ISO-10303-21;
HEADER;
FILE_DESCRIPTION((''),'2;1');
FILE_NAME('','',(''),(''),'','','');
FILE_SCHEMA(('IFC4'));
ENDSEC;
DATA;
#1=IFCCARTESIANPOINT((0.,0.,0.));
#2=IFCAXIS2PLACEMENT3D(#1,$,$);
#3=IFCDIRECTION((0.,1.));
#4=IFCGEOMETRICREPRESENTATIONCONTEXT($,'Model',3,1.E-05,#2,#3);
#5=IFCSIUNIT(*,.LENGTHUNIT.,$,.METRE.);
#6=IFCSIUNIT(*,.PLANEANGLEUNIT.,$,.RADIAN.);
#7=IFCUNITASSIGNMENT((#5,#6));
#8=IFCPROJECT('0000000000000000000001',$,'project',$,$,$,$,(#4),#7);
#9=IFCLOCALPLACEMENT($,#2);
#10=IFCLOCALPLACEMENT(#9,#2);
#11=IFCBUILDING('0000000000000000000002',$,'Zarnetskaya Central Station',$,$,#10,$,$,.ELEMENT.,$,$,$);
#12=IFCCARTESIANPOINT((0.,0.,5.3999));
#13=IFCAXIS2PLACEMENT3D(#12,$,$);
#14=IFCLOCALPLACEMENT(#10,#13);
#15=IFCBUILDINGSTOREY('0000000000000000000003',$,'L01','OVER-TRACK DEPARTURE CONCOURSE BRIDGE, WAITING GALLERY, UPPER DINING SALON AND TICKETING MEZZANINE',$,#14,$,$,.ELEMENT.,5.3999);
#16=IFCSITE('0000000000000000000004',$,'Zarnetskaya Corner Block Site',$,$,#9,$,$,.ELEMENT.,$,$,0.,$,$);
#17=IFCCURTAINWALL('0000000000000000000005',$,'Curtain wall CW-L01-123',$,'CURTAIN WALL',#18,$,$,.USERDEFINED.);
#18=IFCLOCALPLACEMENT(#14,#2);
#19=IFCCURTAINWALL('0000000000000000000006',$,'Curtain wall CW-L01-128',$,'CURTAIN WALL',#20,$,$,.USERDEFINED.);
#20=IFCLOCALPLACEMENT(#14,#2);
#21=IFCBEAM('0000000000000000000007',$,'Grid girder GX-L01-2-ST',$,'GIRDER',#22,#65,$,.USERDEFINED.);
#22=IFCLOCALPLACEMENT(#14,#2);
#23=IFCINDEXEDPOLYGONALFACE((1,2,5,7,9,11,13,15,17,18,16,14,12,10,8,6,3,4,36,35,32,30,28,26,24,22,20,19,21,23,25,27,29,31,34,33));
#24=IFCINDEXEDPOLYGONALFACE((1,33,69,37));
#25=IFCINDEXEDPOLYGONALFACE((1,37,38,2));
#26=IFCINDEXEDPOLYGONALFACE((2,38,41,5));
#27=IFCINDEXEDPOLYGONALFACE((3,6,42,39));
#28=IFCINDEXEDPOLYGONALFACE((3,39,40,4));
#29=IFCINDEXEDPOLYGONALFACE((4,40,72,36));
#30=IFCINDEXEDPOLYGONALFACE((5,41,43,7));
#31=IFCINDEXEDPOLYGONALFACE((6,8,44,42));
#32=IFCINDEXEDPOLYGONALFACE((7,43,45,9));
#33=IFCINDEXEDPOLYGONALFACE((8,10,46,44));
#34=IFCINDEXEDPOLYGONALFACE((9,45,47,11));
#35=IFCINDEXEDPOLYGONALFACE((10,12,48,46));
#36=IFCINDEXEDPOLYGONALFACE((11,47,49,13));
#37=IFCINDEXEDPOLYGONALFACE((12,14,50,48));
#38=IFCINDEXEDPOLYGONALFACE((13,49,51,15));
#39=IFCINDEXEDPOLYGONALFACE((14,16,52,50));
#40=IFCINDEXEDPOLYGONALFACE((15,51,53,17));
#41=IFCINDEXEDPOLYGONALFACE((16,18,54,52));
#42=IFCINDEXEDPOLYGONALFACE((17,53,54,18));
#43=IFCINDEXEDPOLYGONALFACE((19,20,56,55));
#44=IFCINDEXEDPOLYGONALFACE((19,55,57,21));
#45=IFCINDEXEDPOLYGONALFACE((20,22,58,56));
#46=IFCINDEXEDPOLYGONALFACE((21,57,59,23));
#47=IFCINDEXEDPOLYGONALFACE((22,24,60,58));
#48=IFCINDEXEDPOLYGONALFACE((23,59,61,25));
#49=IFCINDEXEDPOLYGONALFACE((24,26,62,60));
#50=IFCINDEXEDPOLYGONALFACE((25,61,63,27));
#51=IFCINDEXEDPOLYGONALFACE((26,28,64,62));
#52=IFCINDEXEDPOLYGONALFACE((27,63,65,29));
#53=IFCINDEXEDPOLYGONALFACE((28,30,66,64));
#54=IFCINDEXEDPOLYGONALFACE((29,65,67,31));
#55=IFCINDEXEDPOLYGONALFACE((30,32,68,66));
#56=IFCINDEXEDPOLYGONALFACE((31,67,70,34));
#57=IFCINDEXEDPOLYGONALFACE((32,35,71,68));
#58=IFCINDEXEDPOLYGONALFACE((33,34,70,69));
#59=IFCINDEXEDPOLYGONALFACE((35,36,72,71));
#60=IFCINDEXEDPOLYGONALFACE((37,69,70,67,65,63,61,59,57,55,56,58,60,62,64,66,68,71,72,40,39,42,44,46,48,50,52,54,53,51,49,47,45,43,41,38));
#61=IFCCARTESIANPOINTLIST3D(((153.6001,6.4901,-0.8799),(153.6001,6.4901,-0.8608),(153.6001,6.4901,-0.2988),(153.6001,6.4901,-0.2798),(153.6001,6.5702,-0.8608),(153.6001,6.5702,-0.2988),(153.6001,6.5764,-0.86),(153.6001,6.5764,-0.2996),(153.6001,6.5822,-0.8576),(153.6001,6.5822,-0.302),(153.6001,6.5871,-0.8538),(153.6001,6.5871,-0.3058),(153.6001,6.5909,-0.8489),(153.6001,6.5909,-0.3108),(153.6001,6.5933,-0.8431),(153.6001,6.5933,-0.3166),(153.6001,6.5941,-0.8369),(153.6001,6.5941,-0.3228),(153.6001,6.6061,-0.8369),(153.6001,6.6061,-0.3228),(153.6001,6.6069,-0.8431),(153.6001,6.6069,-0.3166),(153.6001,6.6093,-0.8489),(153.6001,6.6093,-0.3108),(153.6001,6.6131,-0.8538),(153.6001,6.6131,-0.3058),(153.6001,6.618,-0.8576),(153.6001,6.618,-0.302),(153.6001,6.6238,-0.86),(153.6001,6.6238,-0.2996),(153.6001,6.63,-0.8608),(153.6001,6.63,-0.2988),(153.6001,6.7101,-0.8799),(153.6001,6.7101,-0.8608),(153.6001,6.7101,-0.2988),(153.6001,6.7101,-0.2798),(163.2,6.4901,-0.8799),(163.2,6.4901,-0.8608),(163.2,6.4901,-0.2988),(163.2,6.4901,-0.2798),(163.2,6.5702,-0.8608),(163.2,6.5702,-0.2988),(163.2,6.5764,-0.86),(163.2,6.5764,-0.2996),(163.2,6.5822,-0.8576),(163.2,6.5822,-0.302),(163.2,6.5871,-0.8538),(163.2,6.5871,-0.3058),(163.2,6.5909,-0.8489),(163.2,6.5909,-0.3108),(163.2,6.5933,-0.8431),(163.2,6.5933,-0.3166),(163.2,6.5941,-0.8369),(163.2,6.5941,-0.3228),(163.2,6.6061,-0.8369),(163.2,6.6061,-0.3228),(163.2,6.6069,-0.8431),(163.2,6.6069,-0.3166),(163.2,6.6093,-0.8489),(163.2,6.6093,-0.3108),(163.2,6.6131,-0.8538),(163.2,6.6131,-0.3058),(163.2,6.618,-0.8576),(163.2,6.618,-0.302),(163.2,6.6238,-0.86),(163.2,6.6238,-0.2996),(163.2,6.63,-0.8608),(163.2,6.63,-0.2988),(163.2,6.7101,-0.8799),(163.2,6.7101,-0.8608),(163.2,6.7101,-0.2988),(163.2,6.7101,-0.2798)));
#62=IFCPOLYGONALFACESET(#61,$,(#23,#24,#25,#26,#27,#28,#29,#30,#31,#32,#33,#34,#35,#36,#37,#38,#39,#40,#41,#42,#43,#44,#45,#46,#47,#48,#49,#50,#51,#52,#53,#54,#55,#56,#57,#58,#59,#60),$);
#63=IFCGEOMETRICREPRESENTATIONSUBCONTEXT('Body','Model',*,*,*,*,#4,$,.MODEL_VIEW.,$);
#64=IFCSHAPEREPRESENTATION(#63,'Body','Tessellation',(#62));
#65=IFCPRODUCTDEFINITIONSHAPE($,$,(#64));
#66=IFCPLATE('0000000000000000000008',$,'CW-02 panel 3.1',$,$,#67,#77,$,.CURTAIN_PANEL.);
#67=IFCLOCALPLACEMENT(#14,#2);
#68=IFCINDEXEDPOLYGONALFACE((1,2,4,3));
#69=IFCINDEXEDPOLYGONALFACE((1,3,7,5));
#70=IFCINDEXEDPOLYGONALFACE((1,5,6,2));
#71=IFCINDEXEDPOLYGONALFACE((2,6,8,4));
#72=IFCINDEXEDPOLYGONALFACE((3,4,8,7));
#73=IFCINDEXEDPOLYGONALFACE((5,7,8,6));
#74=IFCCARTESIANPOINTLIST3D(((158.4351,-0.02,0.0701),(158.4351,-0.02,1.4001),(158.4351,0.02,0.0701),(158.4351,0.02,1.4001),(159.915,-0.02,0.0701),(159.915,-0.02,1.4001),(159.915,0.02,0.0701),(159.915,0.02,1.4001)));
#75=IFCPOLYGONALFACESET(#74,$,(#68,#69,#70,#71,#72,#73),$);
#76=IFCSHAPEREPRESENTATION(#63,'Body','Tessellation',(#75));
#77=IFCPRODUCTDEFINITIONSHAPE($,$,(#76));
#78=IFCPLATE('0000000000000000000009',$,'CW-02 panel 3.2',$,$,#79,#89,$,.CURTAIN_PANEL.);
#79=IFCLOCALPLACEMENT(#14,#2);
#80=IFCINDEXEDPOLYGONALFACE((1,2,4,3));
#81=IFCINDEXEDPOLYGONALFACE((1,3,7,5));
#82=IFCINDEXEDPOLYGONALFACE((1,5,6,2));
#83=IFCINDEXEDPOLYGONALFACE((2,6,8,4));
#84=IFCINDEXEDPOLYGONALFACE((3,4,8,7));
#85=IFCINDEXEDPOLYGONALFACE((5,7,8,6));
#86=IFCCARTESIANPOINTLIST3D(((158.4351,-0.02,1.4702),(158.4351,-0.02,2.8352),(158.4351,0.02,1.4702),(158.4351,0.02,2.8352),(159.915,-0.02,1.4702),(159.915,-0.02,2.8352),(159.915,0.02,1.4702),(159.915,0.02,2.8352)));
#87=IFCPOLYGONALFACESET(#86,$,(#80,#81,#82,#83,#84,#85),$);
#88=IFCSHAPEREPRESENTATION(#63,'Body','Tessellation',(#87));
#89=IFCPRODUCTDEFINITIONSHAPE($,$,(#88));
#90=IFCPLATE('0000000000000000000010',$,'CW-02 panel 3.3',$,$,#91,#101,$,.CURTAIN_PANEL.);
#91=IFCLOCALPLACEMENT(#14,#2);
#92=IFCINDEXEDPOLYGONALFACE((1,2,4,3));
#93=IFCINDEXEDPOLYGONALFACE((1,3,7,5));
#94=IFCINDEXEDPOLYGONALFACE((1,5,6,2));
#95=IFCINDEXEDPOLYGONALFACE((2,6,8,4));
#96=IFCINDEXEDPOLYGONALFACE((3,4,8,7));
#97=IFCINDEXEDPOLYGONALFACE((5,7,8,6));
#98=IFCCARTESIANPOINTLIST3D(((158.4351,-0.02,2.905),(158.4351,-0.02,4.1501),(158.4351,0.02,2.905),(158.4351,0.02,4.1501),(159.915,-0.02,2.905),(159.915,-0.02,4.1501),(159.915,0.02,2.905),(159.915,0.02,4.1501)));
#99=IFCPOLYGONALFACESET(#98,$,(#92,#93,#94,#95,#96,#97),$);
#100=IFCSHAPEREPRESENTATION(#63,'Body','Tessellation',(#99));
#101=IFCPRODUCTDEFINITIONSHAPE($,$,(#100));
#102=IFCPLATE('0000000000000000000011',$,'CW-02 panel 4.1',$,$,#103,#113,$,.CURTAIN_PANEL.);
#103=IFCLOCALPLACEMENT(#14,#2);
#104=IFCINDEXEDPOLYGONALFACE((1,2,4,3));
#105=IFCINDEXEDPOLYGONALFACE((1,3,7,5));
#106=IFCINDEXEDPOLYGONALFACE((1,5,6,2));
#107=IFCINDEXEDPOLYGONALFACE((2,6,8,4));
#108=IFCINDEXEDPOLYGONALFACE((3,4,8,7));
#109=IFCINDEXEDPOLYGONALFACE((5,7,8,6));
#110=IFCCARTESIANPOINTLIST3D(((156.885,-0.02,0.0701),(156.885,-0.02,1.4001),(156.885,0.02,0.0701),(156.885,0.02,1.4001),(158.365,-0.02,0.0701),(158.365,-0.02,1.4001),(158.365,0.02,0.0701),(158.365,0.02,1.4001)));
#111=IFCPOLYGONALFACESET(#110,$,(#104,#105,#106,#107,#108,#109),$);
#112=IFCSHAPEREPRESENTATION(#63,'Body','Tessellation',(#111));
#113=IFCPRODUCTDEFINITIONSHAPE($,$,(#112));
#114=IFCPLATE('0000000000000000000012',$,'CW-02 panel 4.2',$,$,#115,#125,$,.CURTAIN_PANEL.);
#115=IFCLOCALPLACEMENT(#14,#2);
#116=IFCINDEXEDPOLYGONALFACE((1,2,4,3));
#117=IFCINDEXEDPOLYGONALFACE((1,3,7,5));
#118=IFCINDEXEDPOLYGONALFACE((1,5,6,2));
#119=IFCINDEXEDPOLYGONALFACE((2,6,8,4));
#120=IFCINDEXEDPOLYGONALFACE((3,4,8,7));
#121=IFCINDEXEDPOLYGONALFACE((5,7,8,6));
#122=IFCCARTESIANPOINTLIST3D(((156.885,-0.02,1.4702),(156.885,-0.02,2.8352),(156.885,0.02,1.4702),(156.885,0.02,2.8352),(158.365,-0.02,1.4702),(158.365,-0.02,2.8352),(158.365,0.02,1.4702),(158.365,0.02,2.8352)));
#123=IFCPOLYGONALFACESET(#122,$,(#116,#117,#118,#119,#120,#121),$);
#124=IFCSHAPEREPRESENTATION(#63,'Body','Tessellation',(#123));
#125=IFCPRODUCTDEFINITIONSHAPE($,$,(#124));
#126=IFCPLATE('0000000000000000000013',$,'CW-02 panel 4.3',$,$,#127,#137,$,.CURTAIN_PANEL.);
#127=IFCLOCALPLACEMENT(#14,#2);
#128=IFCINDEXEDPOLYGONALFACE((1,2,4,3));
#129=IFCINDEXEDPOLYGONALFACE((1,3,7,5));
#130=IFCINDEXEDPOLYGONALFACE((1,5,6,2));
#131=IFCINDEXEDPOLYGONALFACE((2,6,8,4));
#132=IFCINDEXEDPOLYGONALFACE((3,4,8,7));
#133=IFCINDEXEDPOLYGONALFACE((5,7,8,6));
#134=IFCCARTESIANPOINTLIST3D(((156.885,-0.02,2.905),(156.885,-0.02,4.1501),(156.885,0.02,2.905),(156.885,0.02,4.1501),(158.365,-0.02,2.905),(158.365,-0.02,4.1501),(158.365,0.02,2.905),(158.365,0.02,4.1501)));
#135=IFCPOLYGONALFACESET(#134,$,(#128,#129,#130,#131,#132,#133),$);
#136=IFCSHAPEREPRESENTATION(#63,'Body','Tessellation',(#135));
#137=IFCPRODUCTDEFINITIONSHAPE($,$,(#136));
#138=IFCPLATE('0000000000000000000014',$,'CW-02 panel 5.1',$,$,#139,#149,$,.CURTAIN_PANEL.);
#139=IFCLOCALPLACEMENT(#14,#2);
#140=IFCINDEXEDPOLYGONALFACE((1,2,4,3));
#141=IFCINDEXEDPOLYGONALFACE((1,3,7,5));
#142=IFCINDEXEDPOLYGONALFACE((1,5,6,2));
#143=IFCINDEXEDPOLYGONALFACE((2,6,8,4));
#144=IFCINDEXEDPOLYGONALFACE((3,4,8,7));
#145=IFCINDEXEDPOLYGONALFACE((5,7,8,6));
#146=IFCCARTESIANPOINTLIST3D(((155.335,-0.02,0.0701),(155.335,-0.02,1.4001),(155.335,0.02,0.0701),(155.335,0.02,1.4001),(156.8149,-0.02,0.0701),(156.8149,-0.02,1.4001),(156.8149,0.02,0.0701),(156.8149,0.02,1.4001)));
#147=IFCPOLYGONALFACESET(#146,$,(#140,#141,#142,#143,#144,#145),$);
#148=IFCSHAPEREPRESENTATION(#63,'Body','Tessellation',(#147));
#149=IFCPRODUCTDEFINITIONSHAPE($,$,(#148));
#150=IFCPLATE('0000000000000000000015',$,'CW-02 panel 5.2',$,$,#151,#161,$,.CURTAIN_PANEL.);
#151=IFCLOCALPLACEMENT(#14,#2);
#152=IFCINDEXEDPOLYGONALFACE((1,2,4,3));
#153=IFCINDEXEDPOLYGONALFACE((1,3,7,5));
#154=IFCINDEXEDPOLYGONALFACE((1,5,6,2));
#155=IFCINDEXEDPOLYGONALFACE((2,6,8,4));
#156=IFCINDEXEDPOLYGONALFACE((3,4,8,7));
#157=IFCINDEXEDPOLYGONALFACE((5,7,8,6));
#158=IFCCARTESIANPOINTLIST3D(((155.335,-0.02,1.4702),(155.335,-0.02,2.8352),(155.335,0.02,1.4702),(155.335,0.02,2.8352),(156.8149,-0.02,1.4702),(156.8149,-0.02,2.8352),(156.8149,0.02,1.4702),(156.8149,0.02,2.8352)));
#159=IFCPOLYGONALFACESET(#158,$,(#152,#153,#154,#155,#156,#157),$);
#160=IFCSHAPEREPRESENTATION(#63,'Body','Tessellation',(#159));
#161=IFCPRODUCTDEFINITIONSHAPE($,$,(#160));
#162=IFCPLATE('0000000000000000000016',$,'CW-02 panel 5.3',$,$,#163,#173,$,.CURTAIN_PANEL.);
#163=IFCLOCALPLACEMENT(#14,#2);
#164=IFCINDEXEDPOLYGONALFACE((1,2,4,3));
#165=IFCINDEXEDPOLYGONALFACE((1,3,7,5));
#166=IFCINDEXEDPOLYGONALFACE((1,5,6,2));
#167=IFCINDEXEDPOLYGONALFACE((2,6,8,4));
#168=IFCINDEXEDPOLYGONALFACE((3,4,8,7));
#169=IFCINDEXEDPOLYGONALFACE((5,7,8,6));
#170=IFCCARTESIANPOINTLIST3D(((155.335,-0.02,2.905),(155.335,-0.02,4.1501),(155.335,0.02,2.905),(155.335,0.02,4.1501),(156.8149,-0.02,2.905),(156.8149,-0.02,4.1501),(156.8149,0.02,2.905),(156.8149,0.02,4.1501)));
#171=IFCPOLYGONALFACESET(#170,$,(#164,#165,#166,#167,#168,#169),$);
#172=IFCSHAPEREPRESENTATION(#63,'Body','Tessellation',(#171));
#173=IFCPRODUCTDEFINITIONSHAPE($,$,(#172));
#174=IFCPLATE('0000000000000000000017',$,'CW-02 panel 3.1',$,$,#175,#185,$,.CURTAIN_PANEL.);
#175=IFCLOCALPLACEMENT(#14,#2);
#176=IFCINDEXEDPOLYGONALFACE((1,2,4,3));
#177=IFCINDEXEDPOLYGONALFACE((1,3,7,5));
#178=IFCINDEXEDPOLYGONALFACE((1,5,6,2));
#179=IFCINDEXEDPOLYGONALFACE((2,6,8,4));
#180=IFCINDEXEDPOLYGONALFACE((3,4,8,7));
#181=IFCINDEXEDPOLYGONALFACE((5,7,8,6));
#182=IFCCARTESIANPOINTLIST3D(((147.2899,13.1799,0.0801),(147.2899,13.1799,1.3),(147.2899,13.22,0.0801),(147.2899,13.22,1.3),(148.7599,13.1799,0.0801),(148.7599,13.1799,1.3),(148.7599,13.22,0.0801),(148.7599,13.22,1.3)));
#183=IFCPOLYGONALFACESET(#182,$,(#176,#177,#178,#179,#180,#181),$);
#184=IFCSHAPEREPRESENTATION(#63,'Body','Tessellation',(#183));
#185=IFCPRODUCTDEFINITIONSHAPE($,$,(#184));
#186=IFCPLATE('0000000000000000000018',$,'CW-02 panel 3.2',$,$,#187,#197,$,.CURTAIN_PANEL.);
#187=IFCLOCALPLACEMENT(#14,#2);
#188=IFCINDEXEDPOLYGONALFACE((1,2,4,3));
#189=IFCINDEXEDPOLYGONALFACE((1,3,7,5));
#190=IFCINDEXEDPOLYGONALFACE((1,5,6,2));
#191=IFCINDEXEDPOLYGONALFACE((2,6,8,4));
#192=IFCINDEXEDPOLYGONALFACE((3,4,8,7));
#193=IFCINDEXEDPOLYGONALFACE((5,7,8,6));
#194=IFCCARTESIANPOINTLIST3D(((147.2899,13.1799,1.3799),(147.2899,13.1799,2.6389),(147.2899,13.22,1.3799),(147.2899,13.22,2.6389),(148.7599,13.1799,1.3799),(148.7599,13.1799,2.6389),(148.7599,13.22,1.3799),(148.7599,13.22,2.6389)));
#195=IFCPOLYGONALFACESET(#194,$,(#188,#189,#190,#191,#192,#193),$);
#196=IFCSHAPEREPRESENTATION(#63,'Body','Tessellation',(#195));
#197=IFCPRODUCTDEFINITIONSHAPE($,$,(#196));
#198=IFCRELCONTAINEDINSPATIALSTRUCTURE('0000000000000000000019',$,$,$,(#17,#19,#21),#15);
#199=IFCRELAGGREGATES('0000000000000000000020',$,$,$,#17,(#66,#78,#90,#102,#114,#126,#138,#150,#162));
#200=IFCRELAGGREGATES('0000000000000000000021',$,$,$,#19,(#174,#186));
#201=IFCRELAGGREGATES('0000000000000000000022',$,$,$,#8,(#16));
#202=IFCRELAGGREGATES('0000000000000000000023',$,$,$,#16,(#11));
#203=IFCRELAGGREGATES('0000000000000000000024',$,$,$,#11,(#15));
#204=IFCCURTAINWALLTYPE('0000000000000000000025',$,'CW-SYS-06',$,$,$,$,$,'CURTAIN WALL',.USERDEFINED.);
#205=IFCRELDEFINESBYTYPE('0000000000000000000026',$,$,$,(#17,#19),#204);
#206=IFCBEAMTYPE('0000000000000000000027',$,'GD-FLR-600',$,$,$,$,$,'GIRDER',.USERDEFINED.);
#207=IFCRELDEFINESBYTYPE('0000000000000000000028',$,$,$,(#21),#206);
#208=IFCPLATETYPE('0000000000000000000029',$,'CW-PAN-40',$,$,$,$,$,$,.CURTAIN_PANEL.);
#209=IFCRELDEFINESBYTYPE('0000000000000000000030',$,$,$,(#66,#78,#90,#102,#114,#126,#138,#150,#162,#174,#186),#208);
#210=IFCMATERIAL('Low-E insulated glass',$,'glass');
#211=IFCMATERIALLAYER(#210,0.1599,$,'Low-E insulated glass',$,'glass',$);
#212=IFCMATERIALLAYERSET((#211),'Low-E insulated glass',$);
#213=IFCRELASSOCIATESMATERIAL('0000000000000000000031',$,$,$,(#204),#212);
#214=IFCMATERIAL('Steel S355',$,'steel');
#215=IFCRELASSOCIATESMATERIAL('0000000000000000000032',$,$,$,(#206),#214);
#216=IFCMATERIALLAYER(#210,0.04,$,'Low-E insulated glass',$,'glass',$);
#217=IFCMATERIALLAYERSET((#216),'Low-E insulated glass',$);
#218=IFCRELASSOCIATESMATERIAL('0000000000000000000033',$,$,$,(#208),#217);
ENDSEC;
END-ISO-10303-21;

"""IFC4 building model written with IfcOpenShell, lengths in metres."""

from ifc_helpers import new_model, si_unit, direction, frame, origin, origin_2d, place, context, subcontext, project, spatial, rectangle, i_section, extrude, material, layer, layer_set, material_profile, profile_set, type_object, element, aggregate, save


model = new_model("IFC4")

# Units and contexts
model_context = context("Model", 3, precision=1e-05, world=origin(), true_north=direction((0.0, 1.0)))
body_context = subcontext(model_context, "Body", "Model", "MODEL_VIEW")
ifc_project = project(units=[si_unit("LENGTHUNIT", "METRE"), si_unit("PLANEANGLEUNIT", "RADIAN")], contexts=[model_context])

# Site, building, storey
site_placement = place(None, origin())
site = spatial("IfcSite", under=ifc_project, at=site_placement, Name="Zarnetskaya Corner Block Site", CompositionType="ELEMENT", RefElevation=0.0)
building_placement = place(site_placement, origin())
building = spatial("IfcBuilding", under=site, at=building_placement, Name="Zarnetskaya Central Station", CompositionType="ELEMENT")
storey_placement = place(building_placement, frame((0.0, 0.0, 5.3999)))
storey = spatial("IfcBuildingStorey", under=building, at=storey_placement, Name="L01", Description="OVER-TRACK DEPARTURE CONCOURSE BRIDGE, WAITING GALLERY, UPPER DINING SALON AND TICKETING MEZZANINE", CompositionType="ELEMENT", Elevation=5.3999)

# Shared definitions
ifc_material_1 = material(Name="Steel S355", Category="steel")

# Curtain wall
ifc_material_2 = material(Name="Low-E insulated glass", Category="glass")
ifc_layer_1 = layer(ifc_material_2, 0.1599, Name="Low-E insulated glass", Category="glass")
ifc_layer_set_1 = layer_set([ifc_layer_1], Name="Low-E insulated glass")
curtain_wall_type = type_object("IfcCurtainWallType", Name="CW-SYS-06", ElementType="CURTAIN WALL", PredefinedType="USERDEFINED", material=ifc_layer_set_1)
curtain_wall_1_placement = place(storey_placement, origin())
curtain_wall_1 = element("IfcCurtainWall", 1, at=curtain_wall_1_placement, inside=storey, type_object=curtain_wall_type, Name="Curtain wall CW-L01-123", ObjectType="CURTAIN WALL", PredefinedType="USERDEFINED")

# Curtain wall
curtain_wall_2_placement = place(storey_placement, origin())
curtain_wall_2 = element("IfcCurtainWall", 2, at=curtain_wall_2_placement, inside=storey, type_object=curtain_wall_type, Name="Curtain wall CW-L01-128", ObjectType="CURTAIN WALL", PredefinedType="USERDEFINED")

# Beam
ifc_material_profile_1 = material_profile(ifc_material_1, i_section(OverallWidth=0.22, OverallDepth=0.6001, WebThickness=0.012, FlangeThickness=0.019, FilletRadius=0.0239, at=origin_2d()), Name="IPE 600")
ifc_profile_set_1 = profile_set([ifc_material_profile_1], Name="Steel S355")
beam_type_1 = type_object("IfcBeamType", Name="GD-FLR-600", ElementType="GIRDER", PredefinedType="USERDEFINED", material=ifc_profile_set_1)
beam_1_placement = place(storey_placement, frame((153.6001, 6.6001, -0.5798), z_axis=(1.0, 0.0, 0.0), x_axis=(0.0, 1.0, 0.0)))
element("IfcBeam", 3, at=beam_1_placement, inside=storey, type_object=beam_type_1, Name="Grid girder GX-L01-2-ST", ObjectType="GIRDER", PredefinedType="USERDEFINED", context=body_context, shape_type="SweptSolid", body=[
    extrude(i_section(OverallWidth=0.22, OverallDepth=0.6001, WebThickness=0.012, FlangeThickness=0.019, FilletRadius=0.0239, at=origin_2d()), origin(), (0.0, 0.0, 1.0), 9.5999),
])

# Plates
ifc_layer_2 = layer(ifc_material_2, 0.04, Name="Low-E insulated glass", Category="glass")
ifc_layer_set_2 = layer_set([ifc_layer_2], Name="Low-E insulated glass")
plate_type = type_object("IfcPlateType", Name="CW-PAN-40", PredefinedType="CURTAIN_PANEL", material=ifc_layer_set_2)
plate_1_placement = place(storey_placement, frame((159.175, 0.0, 0.0701), z_axis=(0.0, 0.0, 1.0), x_axis=(-1.0, 0.0, 0.0)))
plate_1 = element("IfcPlate", 4, at=plate_1_placement, type_object=plate_type, Name="CW-02 panel 3.1", PredefinedType="CURTAIN_PANEL", context=body_context, shape_type="SweptSolid", body=[
    extrude(rectangle(XDim=1.48, YDim=0.04, at=origin_2d()), origin(), (0.0, 0.0, 1.0), 1.3301),
])
plate_2_placement = place(storey_placement, frame((159.175, 0.0, 1.4702), z_axis=(0.0, 0.0, 1.0), x_axis=(-1.0, 0.0, 0.0)))
plate_2 = element("IfcPlate", 5, at=plate_2_placement, type_object=plate_type, Name="CW-02 panel 3.2", PredefinedType="CURTAIN_PANEL", context=body_context, shape_type="SweptSolid", body=[
    extrude(rectangle(XDim=1.48, YDim=0.04, at=origin_2d()), origin(), (0.0, 0.0, 1.0), 1.365),
])
plate_3_placement = place(storey_placement, frame((159.175, 0.0, 2.905), z_axis=(0.0, 0.0, 1.0), x_axis=(-1.0, 0.0, 0.0)))
plate_3 = element("IfcPlate", 6, at=plate_3_placement, type_object=plate_type, Name="CW-02 panel 3.3", PredefinedType="CURTAIN_PANEL", context=body_context, shape_type="SweptSolid", body=[
    extrude(rectangle(XDim=1.48, YDim=0.04, at=origin_2d()), origin(), (0.0, 0.0, 1.0), 1.2451),
])
plate_4_placement = place(storey_placement, frame((157.625, 0.0, 0.0701), z_axis=(0.0, 0.0, 1.0), x_axis=(-1.0, 0.0, 0.0)))
plate_4 = element("IfcPlate", 7, at=plate_4_placement, type_object=plate_type, Name="CW-02 panel 4.1", PredefinedType="CURTAIN_PANEL", context=body_context, shape_type="SweptSolid", body=[
    extrude(rectangle(XDim=1.48, YDim=0.04, at=origin_2d()), origin(), (0.0, 0.0, 1.0), 1.3301),
])
plate_5_placement = place(storey_placement, frame((157.625, 0.0, 1.4702), z_axis=(0.0, 0.0, 1.0), x_axis=(-1.0, 0.0, 0.0)))
plate_5 = element("IfcPlate", 8, at=plate_5_placement, type_object=plate_type, Name="CW-02 panel 4.2", PredefinedType="CURTAIN_PANEL", context=body_context, shape_type="SweptSolid", body=[
    extrude(rectangle(XDim=1.48, YDim=0.04, at=origin_2d()), origin(), (0.0, 0.0, 1.0), 1.365),
])
plate_6_placement = place(storey_placement, frame((157.625, 0.0, 2.905), z_axis=(0.0, 0.0, 1.0), x_axis=(-1.0, 0.0, 0.0)))
plate_6 = element("IfcPlate", 9, at=plate_6_placement, type_object=plate_type, Name="CW-02 panel 4.3", PredefinedType="CURTAIN_PANEL", context=body_context, shape_type="SweptSolid", body=[
    extrude(rectangle(XDim=1.48, YDim=0.04, at=origin_2d()), origin(), (0.0, 0.0, 1.0), 1.2451),
])
plate_7_placement = place(storey_placement, frame((156.075, 0.0, 0.0701), z_axis=(0.0, 0.0, 1.0), x_axis=(-1.0, 0.0, 0.0)))
plate_7 = element("IfcPlate", 10, at=plate_7_placement, type_object=plate_type, Name="CW-02 panel 5.1", PredefinedType="CURTAIN_PANEL", context=body_context, shape_type="SweptSolid", body=[
    extrude(rectangle(XDim=1.48, YDim=0.04, at=origin_2d()), origin(), (0.0, 0.0, 1.0), 1.3301),
])
plate_8_placement = place(storey_placement, frame((156.075, 0.0, 1.4702), z_axis=(0.0, 0.0, 1.0), x_axis=(-1.0, 0.0, 0.0)))
plate_8 = element("IfcPlate", 11, at=plate_8_placement, type_object=plate_type, Name="CW-02 panel 5.2", PredefinedType="CURTAIN_PANEL", context=body_context, shape_type="SweptSolid", body=[
    extrude(rectangle(XDim=1.48, YDim=0.04, at=origin_2d()), origin(), (0.0, 0.0, 1.0), 1.365),
])
plate_9_placement = place(storey_placement, frame((156.075, 0.0, 2.905), z_axis=(0.0, 0.0, 1.0), x_axis=(-1.0, 0.0, 0.0)))
plate_9 = element("IfcPlate", 12, at=plate_9_placement, type_object=plate_type, Name="CW-02 panel 5.3", PredefinedType="CURTAIN_PANEL", context=body_context, shape_type="SweptSolid", body=[
    extrude(rectangle(XDim=1.48, YDim=0.04, at=origin_2d()), origin(), (0.0, 0.0, 1.0), 1.2451),
])
aggregate(curtain_wall_1, [plate_1, plate_2, plate_3, plate_4, plate_5, plate_6, plate_7, plate_8, plate_9])
plate_10_placement = place(storey_placement, frame((148.0249, 13.2, 0.0801), z_axis=(0.0, 0.0, 1.0), x_axis=(1.0, 0.0, 0.0)))
plate_10 = element("IfcPlate", 13, at=plate_10_placement, type_object=plate_type, Name="CW-02 panel 3.1", PredefinedType="CURTAIN_PANEL", context=body_context, shape_type="SweptSolid", body=[
    extrude(rectangle(XDim=1.47, YDim=0.04, at=origin_2d()), origin(), (0.0, 0.0, 1.0), 1.22),
])
plate_11_placement = place(storey_placement, frame((148.0249, 13.2, 1.3799), z_axis=(0.0, 0.0, 1.0), x_axis=(1.0, 0.0, 0.0)))
plate_11 = element("IfcPlate", 14, at=plate_11_placement, type_object=plate_type, Name="CW-02 panel 3.2", PredefinedType="CURTAIN_PANEL", context=body_context, shape_type="SweptSolid", body=[
    extrude(rectangle(XDim=1.47, YDim=0.04, at=origin_2d()), origin(), (0.0, 0.0, 1.0), 1.259),
])
aggregate(curtain_wall_2, [plate_10, plate_11])

save(model, "model.ifc")
